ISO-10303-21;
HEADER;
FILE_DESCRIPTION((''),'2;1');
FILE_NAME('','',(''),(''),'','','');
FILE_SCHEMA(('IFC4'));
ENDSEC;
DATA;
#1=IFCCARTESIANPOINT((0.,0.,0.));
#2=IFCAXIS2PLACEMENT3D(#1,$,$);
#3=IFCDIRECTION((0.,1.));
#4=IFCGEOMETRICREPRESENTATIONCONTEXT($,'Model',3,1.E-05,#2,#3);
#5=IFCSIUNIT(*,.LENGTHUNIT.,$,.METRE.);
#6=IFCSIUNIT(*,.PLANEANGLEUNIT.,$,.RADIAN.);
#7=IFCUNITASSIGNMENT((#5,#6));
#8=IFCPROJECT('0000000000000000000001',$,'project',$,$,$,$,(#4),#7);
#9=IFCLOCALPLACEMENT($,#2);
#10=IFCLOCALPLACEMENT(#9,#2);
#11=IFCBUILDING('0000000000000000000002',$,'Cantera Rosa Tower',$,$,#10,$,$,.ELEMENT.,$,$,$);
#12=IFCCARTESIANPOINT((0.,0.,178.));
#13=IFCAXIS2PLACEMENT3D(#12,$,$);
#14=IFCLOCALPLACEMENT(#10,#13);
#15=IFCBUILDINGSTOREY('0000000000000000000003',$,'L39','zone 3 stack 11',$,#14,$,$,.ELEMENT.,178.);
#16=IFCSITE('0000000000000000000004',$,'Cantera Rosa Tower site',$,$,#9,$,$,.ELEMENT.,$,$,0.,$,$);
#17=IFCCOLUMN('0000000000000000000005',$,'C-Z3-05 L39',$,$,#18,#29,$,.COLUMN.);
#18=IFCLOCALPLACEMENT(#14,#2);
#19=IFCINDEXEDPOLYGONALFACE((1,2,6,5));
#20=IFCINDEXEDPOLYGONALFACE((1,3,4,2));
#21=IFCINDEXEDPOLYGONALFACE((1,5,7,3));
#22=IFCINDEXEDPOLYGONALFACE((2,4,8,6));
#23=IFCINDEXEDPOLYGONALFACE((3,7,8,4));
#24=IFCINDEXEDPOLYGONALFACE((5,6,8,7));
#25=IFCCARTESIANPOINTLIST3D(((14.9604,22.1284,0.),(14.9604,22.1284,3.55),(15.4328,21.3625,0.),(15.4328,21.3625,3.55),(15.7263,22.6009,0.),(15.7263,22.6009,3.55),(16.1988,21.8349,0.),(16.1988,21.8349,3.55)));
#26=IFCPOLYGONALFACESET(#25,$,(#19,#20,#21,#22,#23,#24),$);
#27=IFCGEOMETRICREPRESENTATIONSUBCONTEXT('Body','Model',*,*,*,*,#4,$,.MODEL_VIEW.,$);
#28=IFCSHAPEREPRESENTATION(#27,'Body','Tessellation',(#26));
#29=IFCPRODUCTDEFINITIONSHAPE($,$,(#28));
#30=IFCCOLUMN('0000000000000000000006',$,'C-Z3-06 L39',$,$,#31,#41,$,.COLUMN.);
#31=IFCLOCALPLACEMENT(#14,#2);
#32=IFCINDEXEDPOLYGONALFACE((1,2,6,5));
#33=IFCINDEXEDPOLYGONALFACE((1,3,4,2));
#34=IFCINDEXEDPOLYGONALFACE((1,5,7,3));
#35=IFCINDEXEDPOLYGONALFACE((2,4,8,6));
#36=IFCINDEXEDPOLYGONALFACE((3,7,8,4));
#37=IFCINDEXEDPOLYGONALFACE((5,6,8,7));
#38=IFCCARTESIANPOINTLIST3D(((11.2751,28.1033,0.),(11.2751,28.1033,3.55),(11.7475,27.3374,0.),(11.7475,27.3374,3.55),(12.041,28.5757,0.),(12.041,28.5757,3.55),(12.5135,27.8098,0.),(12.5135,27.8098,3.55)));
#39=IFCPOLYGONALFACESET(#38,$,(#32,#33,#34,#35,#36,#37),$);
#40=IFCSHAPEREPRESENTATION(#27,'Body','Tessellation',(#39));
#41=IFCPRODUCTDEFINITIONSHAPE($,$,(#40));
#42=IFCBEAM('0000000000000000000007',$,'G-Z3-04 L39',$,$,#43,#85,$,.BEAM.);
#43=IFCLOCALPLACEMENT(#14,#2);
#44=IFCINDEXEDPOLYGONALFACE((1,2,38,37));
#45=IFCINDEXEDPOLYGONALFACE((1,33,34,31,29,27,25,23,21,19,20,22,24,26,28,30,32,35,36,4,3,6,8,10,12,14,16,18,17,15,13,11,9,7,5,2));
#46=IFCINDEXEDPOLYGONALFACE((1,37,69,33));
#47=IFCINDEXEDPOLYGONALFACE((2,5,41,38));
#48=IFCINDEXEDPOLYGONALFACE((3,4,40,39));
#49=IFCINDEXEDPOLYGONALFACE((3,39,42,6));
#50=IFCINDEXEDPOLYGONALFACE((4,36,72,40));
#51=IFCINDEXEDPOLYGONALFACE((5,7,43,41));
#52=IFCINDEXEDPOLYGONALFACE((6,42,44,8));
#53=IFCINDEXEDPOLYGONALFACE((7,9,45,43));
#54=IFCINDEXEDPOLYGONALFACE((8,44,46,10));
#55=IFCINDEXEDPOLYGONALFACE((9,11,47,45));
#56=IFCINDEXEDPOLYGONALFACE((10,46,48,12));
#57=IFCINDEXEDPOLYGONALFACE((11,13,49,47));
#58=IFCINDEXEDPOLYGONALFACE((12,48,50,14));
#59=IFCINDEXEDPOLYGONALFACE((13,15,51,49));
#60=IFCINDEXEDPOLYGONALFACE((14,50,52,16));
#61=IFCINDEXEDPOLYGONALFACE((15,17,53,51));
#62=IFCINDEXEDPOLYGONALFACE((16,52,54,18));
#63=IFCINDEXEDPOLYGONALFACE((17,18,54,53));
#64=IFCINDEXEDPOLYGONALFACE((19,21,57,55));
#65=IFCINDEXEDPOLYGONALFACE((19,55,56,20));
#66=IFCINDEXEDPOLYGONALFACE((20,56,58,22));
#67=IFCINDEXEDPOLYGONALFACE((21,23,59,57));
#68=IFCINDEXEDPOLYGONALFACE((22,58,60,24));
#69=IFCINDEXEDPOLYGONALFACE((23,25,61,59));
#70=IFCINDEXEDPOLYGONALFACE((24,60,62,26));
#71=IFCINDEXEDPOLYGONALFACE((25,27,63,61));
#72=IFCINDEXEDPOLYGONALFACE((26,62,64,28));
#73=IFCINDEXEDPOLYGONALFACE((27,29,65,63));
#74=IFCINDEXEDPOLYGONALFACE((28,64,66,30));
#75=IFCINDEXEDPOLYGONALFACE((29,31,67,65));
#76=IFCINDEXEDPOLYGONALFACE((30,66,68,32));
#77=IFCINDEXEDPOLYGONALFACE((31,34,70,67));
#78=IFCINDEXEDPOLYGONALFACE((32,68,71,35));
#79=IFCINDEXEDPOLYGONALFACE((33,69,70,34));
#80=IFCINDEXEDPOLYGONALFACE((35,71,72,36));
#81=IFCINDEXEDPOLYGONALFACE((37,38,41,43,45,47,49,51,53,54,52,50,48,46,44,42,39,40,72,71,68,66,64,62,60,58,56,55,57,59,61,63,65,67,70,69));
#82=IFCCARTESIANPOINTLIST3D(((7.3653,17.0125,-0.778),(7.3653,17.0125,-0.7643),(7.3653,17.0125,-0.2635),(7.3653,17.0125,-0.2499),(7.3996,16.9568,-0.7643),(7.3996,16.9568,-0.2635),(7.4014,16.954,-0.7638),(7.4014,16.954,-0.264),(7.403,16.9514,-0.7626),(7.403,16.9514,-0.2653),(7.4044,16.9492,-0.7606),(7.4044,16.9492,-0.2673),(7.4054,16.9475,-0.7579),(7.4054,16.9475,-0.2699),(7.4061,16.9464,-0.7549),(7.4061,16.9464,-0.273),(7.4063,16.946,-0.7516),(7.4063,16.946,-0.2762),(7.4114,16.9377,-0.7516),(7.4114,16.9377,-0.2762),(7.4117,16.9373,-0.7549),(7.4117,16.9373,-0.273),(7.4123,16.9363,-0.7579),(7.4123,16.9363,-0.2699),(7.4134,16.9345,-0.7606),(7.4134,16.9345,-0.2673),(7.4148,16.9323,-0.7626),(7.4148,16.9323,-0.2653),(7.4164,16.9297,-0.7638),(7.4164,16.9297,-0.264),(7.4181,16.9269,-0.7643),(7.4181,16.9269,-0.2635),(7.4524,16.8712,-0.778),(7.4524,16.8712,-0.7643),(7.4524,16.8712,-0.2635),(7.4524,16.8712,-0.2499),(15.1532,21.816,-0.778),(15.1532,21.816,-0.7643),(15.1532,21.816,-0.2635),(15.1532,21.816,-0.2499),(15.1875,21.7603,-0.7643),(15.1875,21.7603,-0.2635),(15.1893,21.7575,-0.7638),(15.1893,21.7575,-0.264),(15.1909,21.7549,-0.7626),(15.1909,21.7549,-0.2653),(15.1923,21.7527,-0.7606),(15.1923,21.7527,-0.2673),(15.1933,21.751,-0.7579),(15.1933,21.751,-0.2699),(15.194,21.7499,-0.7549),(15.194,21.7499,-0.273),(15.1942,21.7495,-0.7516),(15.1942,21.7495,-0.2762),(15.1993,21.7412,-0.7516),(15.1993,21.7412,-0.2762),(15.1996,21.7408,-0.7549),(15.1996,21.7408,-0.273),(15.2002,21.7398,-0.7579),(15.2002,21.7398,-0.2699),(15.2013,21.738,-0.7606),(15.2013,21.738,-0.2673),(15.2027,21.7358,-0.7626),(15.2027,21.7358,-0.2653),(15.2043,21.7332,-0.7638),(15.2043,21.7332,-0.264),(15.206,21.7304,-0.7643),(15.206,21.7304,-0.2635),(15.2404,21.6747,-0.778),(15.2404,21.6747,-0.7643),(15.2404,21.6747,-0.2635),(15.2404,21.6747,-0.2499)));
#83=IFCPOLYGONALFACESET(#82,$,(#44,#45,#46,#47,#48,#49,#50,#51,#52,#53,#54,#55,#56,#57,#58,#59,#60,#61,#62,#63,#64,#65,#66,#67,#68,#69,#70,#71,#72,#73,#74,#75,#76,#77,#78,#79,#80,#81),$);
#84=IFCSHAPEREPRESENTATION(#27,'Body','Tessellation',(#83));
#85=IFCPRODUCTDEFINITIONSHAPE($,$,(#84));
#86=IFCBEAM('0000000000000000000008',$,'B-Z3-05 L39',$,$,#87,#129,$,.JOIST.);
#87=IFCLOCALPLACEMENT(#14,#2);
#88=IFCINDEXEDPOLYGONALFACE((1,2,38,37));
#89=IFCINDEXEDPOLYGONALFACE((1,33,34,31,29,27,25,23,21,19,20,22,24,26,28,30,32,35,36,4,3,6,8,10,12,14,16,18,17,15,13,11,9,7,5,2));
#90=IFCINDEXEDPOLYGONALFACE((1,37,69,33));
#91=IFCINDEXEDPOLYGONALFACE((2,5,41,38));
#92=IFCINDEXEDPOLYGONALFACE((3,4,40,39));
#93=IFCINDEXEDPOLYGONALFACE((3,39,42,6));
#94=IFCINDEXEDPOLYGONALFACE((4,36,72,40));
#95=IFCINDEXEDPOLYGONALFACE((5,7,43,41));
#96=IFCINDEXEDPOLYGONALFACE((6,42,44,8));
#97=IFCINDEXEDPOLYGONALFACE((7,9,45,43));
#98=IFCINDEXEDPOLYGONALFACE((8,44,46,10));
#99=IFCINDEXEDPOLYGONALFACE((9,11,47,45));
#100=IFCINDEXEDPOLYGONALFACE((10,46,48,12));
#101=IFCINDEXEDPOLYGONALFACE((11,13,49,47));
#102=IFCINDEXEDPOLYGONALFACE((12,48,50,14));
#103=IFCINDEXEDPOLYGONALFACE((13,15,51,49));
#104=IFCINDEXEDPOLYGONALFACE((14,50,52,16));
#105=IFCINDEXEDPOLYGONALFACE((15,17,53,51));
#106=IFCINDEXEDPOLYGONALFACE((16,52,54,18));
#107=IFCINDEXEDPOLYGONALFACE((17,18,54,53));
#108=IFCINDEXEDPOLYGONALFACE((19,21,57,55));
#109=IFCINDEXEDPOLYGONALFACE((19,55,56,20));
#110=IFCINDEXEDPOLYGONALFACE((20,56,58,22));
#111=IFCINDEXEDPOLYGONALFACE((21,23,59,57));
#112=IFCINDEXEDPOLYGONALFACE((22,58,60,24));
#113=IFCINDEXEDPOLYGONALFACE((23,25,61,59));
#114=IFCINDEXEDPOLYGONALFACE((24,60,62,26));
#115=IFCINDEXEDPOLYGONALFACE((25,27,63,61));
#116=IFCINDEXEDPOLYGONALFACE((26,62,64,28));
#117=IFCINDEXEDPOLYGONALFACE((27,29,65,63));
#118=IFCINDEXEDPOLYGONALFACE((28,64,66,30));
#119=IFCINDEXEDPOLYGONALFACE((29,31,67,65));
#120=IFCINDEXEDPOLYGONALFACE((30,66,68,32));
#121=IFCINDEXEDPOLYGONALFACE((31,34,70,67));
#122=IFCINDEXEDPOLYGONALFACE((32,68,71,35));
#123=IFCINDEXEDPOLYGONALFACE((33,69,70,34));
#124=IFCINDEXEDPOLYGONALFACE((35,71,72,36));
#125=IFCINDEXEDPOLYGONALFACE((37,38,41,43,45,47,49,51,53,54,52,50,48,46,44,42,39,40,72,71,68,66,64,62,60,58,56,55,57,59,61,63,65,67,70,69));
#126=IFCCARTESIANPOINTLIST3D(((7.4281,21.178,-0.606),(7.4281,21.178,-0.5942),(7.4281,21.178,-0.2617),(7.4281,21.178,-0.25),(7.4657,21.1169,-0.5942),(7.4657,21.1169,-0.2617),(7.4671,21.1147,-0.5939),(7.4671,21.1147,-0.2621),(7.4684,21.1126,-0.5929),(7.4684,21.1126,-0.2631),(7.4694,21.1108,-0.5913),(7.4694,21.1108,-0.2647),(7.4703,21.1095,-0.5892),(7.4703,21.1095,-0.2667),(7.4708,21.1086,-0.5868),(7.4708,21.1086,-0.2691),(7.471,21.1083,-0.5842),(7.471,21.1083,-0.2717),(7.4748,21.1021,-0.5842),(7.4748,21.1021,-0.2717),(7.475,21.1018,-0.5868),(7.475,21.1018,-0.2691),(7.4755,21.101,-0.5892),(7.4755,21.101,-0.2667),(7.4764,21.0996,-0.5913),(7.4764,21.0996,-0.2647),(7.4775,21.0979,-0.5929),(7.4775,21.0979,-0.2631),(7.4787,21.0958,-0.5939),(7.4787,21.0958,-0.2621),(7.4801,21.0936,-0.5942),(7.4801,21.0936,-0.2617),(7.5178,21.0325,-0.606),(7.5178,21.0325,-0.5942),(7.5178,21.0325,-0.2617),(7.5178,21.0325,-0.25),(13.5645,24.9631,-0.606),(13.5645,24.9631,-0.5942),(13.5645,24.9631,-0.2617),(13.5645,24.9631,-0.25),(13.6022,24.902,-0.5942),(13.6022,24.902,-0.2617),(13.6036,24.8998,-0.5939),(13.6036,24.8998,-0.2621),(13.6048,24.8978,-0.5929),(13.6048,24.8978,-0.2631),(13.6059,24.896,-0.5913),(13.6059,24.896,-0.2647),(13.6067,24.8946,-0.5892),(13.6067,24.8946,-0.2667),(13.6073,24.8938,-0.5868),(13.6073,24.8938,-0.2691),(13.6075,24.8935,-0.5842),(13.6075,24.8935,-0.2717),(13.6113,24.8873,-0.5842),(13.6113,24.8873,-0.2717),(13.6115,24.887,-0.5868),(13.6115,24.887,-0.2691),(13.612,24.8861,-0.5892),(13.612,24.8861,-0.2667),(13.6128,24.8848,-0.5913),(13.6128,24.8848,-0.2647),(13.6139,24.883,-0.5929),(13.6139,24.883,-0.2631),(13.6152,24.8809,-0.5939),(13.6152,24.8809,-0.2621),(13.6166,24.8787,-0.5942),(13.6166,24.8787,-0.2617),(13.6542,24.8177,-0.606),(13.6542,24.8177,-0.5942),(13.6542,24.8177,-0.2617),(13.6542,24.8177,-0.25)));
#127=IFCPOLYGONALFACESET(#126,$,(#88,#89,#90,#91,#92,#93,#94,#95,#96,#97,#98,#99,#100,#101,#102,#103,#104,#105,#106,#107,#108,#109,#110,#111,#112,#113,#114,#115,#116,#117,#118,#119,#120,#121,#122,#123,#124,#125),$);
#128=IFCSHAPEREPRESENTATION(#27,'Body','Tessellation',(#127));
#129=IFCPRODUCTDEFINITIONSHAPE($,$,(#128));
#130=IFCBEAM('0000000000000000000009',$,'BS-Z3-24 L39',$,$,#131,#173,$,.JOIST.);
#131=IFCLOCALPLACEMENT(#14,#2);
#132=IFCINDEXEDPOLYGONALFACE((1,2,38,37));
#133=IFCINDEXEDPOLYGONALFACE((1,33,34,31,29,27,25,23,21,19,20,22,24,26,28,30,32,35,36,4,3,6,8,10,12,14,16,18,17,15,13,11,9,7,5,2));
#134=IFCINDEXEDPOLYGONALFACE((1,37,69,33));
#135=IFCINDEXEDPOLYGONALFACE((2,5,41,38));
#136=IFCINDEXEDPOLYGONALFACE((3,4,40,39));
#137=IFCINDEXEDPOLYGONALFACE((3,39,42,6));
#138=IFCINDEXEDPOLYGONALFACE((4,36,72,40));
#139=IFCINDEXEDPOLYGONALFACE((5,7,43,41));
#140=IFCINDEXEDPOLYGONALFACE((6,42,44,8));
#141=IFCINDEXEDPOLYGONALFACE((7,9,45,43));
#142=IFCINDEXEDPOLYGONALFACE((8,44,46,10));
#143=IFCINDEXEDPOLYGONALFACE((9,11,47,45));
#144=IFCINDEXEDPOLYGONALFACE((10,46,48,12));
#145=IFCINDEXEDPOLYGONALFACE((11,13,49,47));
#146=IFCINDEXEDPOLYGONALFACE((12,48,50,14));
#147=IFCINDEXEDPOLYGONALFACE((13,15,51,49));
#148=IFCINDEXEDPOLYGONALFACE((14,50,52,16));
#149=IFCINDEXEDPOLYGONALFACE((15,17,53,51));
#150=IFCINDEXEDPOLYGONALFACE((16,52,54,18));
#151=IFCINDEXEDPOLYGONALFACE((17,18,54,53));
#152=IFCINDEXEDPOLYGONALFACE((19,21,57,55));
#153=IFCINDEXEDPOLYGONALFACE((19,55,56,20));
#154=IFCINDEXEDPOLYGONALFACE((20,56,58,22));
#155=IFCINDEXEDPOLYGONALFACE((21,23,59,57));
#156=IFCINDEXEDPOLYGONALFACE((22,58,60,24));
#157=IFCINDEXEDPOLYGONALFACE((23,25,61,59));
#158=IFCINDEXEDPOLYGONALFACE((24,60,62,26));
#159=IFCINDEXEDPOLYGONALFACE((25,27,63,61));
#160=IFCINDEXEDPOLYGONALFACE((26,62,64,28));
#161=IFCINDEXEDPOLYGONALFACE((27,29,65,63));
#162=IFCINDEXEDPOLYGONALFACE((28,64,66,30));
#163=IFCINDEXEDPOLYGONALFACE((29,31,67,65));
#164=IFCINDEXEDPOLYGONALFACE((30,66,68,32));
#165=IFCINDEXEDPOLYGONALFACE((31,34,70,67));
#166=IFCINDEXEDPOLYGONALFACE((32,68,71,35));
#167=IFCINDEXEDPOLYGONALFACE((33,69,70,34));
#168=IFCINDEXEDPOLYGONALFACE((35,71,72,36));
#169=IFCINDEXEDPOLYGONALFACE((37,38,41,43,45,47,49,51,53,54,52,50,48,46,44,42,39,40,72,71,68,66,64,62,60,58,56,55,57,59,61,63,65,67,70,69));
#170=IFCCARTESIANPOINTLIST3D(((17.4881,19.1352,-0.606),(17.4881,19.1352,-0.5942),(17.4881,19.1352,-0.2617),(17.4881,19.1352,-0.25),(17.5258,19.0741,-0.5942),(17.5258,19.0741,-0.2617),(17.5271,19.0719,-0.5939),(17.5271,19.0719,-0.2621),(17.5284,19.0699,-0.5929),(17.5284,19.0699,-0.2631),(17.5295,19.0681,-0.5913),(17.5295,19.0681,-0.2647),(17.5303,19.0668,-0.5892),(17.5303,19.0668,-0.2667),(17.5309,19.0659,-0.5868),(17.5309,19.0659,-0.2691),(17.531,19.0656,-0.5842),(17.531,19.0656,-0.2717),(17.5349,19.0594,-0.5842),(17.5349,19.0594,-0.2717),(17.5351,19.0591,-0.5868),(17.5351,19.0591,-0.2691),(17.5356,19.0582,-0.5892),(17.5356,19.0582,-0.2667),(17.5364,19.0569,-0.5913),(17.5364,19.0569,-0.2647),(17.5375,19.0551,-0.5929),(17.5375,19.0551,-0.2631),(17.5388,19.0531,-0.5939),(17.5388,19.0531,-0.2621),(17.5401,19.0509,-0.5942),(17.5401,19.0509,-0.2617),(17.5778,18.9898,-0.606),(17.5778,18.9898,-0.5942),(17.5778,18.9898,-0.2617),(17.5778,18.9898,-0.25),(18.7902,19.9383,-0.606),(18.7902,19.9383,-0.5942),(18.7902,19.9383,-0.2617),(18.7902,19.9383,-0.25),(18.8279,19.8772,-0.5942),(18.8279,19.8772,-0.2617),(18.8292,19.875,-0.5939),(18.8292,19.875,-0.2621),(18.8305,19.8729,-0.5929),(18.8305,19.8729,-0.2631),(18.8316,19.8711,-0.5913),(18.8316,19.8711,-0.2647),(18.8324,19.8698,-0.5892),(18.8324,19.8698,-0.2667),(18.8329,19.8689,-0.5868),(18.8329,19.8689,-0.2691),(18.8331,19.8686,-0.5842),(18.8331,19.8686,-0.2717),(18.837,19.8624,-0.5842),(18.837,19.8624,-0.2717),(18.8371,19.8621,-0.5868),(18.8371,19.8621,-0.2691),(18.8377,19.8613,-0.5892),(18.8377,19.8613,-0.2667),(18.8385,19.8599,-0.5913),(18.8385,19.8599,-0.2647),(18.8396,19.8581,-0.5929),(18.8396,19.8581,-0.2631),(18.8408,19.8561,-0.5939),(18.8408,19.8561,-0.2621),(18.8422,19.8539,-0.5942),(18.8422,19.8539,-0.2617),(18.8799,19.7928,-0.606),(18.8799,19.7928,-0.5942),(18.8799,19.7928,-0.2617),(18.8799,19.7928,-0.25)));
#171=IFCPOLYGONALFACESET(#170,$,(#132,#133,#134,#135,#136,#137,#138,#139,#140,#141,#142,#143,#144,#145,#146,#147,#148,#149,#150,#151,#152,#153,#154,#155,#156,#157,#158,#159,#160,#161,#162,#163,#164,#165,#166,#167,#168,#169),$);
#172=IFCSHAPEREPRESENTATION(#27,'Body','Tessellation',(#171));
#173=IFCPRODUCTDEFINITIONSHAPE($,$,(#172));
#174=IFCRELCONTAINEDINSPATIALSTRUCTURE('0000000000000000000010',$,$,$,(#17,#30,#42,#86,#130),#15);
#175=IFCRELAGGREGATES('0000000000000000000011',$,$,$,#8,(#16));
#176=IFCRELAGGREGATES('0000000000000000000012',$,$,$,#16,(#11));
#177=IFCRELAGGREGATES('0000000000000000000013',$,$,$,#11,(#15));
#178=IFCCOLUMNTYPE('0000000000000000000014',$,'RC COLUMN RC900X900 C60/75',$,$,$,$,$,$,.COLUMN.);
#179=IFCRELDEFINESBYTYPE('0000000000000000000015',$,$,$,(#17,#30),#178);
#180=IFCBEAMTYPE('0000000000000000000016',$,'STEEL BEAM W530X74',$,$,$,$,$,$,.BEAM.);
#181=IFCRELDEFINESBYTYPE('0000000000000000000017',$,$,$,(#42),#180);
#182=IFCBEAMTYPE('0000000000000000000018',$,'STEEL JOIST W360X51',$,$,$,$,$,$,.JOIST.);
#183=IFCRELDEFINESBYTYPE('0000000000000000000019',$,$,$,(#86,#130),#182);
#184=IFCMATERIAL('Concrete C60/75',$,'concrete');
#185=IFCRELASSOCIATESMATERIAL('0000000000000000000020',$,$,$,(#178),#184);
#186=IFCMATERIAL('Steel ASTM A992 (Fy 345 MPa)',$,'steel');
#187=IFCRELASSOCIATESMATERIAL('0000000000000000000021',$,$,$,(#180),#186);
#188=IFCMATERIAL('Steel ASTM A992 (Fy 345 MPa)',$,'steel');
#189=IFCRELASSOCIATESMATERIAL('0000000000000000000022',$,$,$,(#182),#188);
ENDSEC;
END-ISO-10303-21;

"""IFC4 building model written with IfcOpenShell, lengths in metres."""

from ifc_helpers import new_model, si_unit, direction, frame, origin, origin_2d, place, context, subcontext, project, spatial, rectangle, i_section, extrude, material, material_profile, profile_set, type_object, element, save


model = new_model("IFC4")

# Units and contexts
model_context = context("Model", 3, precision=1e-05, world=origin(), true_north=direction((0.0, 1.0)))
body_context = subcontext(model_context, "Body", "Model", "MODEL_VIEW")
ifc_project = project(units=[si_unit("LENGTHUNIT", "METRE"), si_unit("PLANEANGLEUNIT", "RADIAN")], contexts=[model_context])

# Site, building, storey
site_placement = place(None, origin())
site = spatial("IfcSite", under=ifc_project, at=site_placement, Name="Cantera Rosa Tower site", CompositionType="ELEMENT", RefElevation=0.0)
building_placement = place(site_placement, origin())
building = spatial("IfcBuilding", under=site, at=building_placement, Name="Cantera Rosa Tower", CompositionType="ELEMENT")
storey_placement = place(building_placement, frame((0.0, 0.0, 178.0)))
storey = spatial("IfcBuildingStorey", under=building, at=storey_placement, Name="L39", Description="zone 3 stack 11", CompositionType="ELEMENT", Elevation=178.0)

# Columns
ifc_material_1 = material(Name="Concrete C60/75", Category="concrete")
ifc_material_profile_1 = material_profile(ifc_material_1, rectangle(XDim=0.8999, YDim=0.8999, at=origin_2d()), Name="RC COLUMN RC900X900 C60/75")
ifc_profile_set_1 = profile_set([ifc_material_profile_1], Name="Concrete C60/75")
column_type = type_object("IfcColumnType", Name="RC COLUMN RC900X900 C60/75", PredefinedType="COLUMN", material=ifc_profile_set_1)
for number, where, z_axis, x_axis, name in (
    (1, (15.5796, 21.9817, 0.0), (0.0, 0.0, 1.0), (0.851117, 0.524977, 0.0), "C-Z3-05 L39"),
    (2, (11.8943, 27.9565, 0.0), (0.0, 0.0, 1.0), (0.851117, 0.524977, 0.0), "C-Z3-06 L39"),
):
    element("IfcColumn", number, at=place(storey_placement, frame(where, z_axis=z_axis, x_axis=x_axis)), inside=storey, type_object=column_type, Name=name, PredefinedType="COLUMN", context=body_context, shape_type="SweptSolid", body=[
        extrude(rectangle(XDim=0.8999, YDim=0.8999, at=origin_2d()), origin(), (0.0, 0.0, 1.0), 3.55),
    ])

# Beams
ifc_material_2 = material(Name="Steel ASTM A992 (Fy 345 MPa)", Category="steel")
ifc_material_profile_2 = material_profile(ifc_material_2, i_section(OverallWidth=0.166, OverallDepth=0.5281, WebThickness=0.0098, FlangeThickness=0.0137, FilletRadius=0.0127, at=origin_2d()), Name="W530X74")
ifc_profile_set_2 = profile_set([ifc_material_profile_2], Name="Steel ASTM A992 (Fy 345 MPa)")
beam_type_1 = type_object("IfcBeamType", Name="STEEL BEAM W530X74", PredefinedType="BEAM", material=ifc_profile_set_2)
beam_1_placement = place(storey_placement, frame((15.1968, 21.7454, -0.5139), z_axis=(-0.851124, -0.524965, 0.0), x_axis=(0.524965, -0.851124, 0.0)))
element("IfcBeam", 3, at=beam_1_placement, inside=storey, type_object=beam_type_1, Name="G-Z3-04 L39", PredefinedType="BEAM", context=body_context, shape_type="SweptSolid", body=[
    extrude(i_section(OverallWidth=0.166, OverallDepth=0.5281, WebThickness=0.0098, FlangeThickness=0.0137, FilletRadius=0.0127, at=origin_2d()), origin(), (0.0, 0.0, 1.0), 9.1501),
])
ifc_material_3 = material(Name="Steel ASTM A992 (Fy 345 MPa)", Category="steel")
ifc_material_profile_3 = material_profile(ifc_material_3, i_section(OverallWidth=0.1709, OverallDepth=0.356, WebThickness=0.0073, FlangeThickness=0.0117, FilletRadius=0.01, at=origin_2d()), Name="W360X51")
ifc_profile_set_3 = profile_set([ifc_material_profile_3], Name="Steel ASTM A992 (Fy 345 MPa)")
beam_type_2 = type_object("IfcBeamType", Name="STEEL JOIST W360X51", PredefinedType="JOIST", material=ifc_profile_set_3)
beam_2_placement = place(storey_placement, frame((13.6094, 24.8904, -0.428), z_axis=(-0.851109, -0.524989, 0.0), x_axis=(0.524989, -0.851109, 0.0)))
element("IfcBeam", 4, at=beam_2_placement, inside=storey, type_object=beam_type_2, Name="B-Z3-05 L39", PredefinedType="JOIST", context=body_context, shape_type="SweptSolid", body=[
    extrude(i_section(OverallWidth=0.1709, OverallDepth=0.356, WebThickness=0.0073, FlangeThickness=0.0117, FilletRadius=0.01, at=origin_2d()), origin(), (0.0, 0.0, 1.0), 7.21),
])
beam_3_placement = place(storey_placement, frame((17.533, 19.0625, -0.428), z_axis=(0.851148, 0.524925, 0.0), x_axis=(-0.524925, 0.851148, 0.0)))
element("IfcBeam", 5, at=beam_3_placement, inside=storey, type_object=beam_type_2, Name="BS-Z3-24 L39", PredefinedType="JOIST", context=body_context, shape_type="SweptSolid", body=[
    extrude(i_section(OverallWidth=0.1709, OverallDepth=0.356, WebThickness=0.0073, FlangeThickness=0.0117, FilletRadius=0.01, at=origin_2d()), origin(), (0.0, 0.0, 1.0), 1.5298),
])

save(model, "model.ifc")
